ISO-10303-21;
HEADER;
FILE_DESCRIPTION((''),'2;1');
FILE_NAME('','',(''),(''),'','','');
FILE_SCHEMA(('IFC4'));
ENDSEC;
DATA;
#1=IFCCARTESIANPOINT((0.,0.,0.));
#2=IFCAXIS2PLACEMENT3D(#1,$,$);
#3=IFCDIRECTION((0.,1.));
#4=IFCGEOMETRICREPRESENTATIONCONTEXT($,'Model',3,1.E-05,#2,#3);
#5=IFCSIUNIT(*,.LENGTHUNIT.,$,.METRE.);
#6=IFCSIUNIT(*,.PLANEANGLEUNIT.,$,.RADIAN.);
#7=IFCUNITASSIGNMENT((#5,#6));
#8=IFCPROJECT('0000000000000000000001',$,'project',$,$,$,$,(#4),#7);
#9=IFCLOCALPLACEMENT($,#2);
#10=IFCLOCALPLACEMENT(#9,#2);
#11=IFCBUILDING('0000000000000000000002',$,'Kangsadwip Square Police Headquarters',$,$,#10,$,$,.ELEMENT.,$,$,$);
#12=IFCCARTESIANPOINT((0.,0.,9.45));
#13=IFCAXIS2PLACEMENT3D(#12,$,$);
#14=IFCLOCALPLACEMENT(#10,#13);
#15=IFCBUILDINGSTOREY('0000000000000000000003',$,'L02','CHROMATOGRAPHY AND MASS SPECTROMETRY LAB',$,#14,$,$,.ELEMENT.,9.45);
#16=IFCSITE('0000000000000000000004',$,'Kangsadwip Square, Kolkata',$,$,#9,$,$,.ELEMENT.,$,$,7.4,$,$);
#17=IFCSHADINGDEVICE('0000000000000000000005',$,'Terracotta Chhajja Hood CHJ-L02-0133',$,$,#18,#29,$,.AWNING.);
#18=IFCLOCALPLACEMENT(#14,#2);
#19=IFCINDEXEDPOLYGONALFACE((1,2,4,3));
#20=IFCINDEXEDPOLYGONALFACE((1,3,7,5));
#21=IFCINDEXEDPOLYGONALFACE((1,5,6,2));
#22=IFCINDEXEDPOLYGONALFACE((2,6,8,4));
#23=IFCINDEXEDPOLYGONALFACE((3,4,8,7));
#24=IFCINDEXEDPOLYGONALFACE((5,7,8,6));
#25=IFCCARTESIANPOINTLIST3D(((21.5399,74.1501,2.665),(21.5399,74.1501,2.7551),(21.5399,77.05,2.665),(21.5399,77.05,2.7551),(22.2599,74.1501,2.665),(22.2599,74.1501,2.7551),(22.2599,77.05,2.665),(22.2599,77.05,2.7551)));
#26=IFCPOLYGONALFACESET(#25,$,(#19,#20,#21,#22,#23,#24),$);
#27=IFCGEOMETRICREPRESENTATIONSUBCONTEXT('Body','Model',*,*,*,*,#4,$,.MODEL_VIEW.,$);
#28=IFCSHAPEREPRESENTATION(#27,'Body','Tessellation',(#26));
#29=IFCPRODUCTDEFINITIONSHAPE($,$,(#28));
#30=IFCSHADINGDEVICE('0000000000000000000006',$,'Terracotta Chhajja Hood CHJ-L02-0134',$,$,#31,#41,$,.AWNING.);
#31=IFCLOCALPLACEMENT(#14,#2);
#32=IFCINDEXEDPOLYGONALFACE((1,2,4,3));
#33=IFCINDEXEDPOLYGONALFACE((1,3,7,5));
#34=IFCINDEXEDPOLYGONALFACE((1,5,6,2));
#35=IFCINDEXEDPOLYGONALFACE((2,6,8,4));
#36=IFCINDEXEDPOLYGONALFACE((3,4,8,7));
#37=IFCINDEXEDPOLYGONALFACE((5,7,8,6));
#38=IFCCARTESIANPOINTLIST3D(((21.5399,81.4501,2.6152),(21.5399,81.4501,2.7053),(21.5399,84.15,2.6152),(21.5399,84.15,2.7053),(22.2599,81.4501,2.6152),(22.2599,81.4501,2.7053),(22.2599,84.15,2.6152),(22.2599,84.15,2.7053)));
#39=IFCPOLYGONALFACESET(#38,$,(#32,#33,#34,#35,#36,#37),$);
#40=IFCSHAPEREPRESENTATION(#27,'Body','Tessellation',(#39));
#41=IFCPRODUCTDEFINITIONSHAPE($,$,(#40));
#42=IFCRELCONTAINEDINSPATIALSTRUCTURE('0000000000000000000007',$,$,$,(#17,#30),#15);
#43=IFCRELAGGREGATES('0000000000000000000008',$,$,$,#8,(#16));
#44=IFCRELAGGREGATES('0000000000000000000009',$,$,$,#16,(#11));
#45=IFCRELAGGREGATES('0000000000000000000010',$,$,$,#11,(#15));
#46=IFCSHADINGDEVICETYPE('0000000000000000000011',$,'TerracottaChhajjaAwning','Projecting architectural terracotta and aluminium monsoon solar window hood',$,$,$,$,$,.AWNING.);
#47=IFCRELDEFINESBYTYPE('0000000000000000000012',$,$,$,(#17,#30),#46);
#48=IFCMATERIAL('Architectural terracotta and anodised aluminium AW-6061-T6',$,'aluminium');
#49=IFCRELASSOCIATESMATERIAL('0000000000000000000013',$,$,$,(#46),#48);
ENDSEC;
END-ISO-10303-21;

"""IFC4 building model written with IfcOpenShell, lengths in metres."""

from ifc_helpers import new_model, si_unit, direction, frame, origin, origin_2d, place, context, subcontext, project, spatial, rectangle, extrude, material, type_object, element, save


model = new_model("IFC4")

# Units and contexts
model_context = context("Model", 3, precision=1e-05, world=origin(), true_north=direction((0.0, 1.0)))
body_context = subcontext(model_context, "Body", "Model", "MODEL_VIEW")
ifc_project = project(units=[si_unit("LENGTHUNIT", "METRE"), si_unit("PLANEANGLEUNIT", "RADIAN")], contexts=[model_context])

# Site, building, storey
site_placement = place(None, origin())
site = spatial("IfcSite", under=ifc_project, at=site_placement, Name="Kangsadwip Square, Kolkata", CompositionType="ELEMENT", RefElevation=7.4)
building_placement = place(site_placement, origin())
building = spatial("IfcBuilding", under=site, at=building_placement, Name="Kangsadwip Square Police Headquarters", CompositionType="ELEMENT")
storey_placement = place(building_placement, frame((0.0, 0.0, 9.45)))
storey = spatial("IfcBuildingStorey", under=building, at=storey_placement, Name="L02", Description="CHROMATOGRAPHY AND MASS SPECTROMETRY LAB", CompositionType="ELEMENT", Elevation=9.45)

# Shading devices
ifc_material_1 = material(Name="Architectural terracotta and anodised aluminium AW-6061-T6", Category="aluminium")
shading_device_type = type_object("IfcShadingDeviceType", Name="TerracottaChhajjaAwning", Description="Projecting architectural terracotta and aluminium monsoon solar window hood", PredefinedType="AWNING", material=ifc_material_1)
shading_device_1_placement = place(storey_placement, frame((21.8999, 75.6001, 2.665), z_axis=(0.0, 0.0, 1.0), x_axis=(0.0, 1.0, 0.0)))
element("IfcShadingDevice", 1, at=shading_device_1_placement, inside=storey, type_object=shading_device_type, Name="Terracotta Chhajja Hood CHJ-L02-0133", PredefinedType="AWNING", context=body_context, shape_type="SweptSolid", body=[
    extrude(rectangle(XDim=2.8999, YDim=0.72, at=origin_2d()), origin(), (0.0, 0.0, 1.0), 0.0901),
])
shading_device_2_placement = place(storey_placement, frame((21.8999, 82.8, 2.6152), z_axis=(0.0, 0.0, 1.0), x_axis=(0.0, 1.0, 0.0)))
element("IfcShadingDevice", 2, at=shading_device_2_placement, inside=storey, type_object=shading_device_type, Name="Terracotta Chhajja Hood CHJ-L02-0134", PredefinedType="AWNING", context=body_context, shape_type="SweptSolid", body=[
    extrude(rectangle(XDim=2.7, YDim=0.72, at=origin_2d()), origin(), (0.0, 0.0, 1.0), 0.0901),
])

save(model, "model.ifc")
